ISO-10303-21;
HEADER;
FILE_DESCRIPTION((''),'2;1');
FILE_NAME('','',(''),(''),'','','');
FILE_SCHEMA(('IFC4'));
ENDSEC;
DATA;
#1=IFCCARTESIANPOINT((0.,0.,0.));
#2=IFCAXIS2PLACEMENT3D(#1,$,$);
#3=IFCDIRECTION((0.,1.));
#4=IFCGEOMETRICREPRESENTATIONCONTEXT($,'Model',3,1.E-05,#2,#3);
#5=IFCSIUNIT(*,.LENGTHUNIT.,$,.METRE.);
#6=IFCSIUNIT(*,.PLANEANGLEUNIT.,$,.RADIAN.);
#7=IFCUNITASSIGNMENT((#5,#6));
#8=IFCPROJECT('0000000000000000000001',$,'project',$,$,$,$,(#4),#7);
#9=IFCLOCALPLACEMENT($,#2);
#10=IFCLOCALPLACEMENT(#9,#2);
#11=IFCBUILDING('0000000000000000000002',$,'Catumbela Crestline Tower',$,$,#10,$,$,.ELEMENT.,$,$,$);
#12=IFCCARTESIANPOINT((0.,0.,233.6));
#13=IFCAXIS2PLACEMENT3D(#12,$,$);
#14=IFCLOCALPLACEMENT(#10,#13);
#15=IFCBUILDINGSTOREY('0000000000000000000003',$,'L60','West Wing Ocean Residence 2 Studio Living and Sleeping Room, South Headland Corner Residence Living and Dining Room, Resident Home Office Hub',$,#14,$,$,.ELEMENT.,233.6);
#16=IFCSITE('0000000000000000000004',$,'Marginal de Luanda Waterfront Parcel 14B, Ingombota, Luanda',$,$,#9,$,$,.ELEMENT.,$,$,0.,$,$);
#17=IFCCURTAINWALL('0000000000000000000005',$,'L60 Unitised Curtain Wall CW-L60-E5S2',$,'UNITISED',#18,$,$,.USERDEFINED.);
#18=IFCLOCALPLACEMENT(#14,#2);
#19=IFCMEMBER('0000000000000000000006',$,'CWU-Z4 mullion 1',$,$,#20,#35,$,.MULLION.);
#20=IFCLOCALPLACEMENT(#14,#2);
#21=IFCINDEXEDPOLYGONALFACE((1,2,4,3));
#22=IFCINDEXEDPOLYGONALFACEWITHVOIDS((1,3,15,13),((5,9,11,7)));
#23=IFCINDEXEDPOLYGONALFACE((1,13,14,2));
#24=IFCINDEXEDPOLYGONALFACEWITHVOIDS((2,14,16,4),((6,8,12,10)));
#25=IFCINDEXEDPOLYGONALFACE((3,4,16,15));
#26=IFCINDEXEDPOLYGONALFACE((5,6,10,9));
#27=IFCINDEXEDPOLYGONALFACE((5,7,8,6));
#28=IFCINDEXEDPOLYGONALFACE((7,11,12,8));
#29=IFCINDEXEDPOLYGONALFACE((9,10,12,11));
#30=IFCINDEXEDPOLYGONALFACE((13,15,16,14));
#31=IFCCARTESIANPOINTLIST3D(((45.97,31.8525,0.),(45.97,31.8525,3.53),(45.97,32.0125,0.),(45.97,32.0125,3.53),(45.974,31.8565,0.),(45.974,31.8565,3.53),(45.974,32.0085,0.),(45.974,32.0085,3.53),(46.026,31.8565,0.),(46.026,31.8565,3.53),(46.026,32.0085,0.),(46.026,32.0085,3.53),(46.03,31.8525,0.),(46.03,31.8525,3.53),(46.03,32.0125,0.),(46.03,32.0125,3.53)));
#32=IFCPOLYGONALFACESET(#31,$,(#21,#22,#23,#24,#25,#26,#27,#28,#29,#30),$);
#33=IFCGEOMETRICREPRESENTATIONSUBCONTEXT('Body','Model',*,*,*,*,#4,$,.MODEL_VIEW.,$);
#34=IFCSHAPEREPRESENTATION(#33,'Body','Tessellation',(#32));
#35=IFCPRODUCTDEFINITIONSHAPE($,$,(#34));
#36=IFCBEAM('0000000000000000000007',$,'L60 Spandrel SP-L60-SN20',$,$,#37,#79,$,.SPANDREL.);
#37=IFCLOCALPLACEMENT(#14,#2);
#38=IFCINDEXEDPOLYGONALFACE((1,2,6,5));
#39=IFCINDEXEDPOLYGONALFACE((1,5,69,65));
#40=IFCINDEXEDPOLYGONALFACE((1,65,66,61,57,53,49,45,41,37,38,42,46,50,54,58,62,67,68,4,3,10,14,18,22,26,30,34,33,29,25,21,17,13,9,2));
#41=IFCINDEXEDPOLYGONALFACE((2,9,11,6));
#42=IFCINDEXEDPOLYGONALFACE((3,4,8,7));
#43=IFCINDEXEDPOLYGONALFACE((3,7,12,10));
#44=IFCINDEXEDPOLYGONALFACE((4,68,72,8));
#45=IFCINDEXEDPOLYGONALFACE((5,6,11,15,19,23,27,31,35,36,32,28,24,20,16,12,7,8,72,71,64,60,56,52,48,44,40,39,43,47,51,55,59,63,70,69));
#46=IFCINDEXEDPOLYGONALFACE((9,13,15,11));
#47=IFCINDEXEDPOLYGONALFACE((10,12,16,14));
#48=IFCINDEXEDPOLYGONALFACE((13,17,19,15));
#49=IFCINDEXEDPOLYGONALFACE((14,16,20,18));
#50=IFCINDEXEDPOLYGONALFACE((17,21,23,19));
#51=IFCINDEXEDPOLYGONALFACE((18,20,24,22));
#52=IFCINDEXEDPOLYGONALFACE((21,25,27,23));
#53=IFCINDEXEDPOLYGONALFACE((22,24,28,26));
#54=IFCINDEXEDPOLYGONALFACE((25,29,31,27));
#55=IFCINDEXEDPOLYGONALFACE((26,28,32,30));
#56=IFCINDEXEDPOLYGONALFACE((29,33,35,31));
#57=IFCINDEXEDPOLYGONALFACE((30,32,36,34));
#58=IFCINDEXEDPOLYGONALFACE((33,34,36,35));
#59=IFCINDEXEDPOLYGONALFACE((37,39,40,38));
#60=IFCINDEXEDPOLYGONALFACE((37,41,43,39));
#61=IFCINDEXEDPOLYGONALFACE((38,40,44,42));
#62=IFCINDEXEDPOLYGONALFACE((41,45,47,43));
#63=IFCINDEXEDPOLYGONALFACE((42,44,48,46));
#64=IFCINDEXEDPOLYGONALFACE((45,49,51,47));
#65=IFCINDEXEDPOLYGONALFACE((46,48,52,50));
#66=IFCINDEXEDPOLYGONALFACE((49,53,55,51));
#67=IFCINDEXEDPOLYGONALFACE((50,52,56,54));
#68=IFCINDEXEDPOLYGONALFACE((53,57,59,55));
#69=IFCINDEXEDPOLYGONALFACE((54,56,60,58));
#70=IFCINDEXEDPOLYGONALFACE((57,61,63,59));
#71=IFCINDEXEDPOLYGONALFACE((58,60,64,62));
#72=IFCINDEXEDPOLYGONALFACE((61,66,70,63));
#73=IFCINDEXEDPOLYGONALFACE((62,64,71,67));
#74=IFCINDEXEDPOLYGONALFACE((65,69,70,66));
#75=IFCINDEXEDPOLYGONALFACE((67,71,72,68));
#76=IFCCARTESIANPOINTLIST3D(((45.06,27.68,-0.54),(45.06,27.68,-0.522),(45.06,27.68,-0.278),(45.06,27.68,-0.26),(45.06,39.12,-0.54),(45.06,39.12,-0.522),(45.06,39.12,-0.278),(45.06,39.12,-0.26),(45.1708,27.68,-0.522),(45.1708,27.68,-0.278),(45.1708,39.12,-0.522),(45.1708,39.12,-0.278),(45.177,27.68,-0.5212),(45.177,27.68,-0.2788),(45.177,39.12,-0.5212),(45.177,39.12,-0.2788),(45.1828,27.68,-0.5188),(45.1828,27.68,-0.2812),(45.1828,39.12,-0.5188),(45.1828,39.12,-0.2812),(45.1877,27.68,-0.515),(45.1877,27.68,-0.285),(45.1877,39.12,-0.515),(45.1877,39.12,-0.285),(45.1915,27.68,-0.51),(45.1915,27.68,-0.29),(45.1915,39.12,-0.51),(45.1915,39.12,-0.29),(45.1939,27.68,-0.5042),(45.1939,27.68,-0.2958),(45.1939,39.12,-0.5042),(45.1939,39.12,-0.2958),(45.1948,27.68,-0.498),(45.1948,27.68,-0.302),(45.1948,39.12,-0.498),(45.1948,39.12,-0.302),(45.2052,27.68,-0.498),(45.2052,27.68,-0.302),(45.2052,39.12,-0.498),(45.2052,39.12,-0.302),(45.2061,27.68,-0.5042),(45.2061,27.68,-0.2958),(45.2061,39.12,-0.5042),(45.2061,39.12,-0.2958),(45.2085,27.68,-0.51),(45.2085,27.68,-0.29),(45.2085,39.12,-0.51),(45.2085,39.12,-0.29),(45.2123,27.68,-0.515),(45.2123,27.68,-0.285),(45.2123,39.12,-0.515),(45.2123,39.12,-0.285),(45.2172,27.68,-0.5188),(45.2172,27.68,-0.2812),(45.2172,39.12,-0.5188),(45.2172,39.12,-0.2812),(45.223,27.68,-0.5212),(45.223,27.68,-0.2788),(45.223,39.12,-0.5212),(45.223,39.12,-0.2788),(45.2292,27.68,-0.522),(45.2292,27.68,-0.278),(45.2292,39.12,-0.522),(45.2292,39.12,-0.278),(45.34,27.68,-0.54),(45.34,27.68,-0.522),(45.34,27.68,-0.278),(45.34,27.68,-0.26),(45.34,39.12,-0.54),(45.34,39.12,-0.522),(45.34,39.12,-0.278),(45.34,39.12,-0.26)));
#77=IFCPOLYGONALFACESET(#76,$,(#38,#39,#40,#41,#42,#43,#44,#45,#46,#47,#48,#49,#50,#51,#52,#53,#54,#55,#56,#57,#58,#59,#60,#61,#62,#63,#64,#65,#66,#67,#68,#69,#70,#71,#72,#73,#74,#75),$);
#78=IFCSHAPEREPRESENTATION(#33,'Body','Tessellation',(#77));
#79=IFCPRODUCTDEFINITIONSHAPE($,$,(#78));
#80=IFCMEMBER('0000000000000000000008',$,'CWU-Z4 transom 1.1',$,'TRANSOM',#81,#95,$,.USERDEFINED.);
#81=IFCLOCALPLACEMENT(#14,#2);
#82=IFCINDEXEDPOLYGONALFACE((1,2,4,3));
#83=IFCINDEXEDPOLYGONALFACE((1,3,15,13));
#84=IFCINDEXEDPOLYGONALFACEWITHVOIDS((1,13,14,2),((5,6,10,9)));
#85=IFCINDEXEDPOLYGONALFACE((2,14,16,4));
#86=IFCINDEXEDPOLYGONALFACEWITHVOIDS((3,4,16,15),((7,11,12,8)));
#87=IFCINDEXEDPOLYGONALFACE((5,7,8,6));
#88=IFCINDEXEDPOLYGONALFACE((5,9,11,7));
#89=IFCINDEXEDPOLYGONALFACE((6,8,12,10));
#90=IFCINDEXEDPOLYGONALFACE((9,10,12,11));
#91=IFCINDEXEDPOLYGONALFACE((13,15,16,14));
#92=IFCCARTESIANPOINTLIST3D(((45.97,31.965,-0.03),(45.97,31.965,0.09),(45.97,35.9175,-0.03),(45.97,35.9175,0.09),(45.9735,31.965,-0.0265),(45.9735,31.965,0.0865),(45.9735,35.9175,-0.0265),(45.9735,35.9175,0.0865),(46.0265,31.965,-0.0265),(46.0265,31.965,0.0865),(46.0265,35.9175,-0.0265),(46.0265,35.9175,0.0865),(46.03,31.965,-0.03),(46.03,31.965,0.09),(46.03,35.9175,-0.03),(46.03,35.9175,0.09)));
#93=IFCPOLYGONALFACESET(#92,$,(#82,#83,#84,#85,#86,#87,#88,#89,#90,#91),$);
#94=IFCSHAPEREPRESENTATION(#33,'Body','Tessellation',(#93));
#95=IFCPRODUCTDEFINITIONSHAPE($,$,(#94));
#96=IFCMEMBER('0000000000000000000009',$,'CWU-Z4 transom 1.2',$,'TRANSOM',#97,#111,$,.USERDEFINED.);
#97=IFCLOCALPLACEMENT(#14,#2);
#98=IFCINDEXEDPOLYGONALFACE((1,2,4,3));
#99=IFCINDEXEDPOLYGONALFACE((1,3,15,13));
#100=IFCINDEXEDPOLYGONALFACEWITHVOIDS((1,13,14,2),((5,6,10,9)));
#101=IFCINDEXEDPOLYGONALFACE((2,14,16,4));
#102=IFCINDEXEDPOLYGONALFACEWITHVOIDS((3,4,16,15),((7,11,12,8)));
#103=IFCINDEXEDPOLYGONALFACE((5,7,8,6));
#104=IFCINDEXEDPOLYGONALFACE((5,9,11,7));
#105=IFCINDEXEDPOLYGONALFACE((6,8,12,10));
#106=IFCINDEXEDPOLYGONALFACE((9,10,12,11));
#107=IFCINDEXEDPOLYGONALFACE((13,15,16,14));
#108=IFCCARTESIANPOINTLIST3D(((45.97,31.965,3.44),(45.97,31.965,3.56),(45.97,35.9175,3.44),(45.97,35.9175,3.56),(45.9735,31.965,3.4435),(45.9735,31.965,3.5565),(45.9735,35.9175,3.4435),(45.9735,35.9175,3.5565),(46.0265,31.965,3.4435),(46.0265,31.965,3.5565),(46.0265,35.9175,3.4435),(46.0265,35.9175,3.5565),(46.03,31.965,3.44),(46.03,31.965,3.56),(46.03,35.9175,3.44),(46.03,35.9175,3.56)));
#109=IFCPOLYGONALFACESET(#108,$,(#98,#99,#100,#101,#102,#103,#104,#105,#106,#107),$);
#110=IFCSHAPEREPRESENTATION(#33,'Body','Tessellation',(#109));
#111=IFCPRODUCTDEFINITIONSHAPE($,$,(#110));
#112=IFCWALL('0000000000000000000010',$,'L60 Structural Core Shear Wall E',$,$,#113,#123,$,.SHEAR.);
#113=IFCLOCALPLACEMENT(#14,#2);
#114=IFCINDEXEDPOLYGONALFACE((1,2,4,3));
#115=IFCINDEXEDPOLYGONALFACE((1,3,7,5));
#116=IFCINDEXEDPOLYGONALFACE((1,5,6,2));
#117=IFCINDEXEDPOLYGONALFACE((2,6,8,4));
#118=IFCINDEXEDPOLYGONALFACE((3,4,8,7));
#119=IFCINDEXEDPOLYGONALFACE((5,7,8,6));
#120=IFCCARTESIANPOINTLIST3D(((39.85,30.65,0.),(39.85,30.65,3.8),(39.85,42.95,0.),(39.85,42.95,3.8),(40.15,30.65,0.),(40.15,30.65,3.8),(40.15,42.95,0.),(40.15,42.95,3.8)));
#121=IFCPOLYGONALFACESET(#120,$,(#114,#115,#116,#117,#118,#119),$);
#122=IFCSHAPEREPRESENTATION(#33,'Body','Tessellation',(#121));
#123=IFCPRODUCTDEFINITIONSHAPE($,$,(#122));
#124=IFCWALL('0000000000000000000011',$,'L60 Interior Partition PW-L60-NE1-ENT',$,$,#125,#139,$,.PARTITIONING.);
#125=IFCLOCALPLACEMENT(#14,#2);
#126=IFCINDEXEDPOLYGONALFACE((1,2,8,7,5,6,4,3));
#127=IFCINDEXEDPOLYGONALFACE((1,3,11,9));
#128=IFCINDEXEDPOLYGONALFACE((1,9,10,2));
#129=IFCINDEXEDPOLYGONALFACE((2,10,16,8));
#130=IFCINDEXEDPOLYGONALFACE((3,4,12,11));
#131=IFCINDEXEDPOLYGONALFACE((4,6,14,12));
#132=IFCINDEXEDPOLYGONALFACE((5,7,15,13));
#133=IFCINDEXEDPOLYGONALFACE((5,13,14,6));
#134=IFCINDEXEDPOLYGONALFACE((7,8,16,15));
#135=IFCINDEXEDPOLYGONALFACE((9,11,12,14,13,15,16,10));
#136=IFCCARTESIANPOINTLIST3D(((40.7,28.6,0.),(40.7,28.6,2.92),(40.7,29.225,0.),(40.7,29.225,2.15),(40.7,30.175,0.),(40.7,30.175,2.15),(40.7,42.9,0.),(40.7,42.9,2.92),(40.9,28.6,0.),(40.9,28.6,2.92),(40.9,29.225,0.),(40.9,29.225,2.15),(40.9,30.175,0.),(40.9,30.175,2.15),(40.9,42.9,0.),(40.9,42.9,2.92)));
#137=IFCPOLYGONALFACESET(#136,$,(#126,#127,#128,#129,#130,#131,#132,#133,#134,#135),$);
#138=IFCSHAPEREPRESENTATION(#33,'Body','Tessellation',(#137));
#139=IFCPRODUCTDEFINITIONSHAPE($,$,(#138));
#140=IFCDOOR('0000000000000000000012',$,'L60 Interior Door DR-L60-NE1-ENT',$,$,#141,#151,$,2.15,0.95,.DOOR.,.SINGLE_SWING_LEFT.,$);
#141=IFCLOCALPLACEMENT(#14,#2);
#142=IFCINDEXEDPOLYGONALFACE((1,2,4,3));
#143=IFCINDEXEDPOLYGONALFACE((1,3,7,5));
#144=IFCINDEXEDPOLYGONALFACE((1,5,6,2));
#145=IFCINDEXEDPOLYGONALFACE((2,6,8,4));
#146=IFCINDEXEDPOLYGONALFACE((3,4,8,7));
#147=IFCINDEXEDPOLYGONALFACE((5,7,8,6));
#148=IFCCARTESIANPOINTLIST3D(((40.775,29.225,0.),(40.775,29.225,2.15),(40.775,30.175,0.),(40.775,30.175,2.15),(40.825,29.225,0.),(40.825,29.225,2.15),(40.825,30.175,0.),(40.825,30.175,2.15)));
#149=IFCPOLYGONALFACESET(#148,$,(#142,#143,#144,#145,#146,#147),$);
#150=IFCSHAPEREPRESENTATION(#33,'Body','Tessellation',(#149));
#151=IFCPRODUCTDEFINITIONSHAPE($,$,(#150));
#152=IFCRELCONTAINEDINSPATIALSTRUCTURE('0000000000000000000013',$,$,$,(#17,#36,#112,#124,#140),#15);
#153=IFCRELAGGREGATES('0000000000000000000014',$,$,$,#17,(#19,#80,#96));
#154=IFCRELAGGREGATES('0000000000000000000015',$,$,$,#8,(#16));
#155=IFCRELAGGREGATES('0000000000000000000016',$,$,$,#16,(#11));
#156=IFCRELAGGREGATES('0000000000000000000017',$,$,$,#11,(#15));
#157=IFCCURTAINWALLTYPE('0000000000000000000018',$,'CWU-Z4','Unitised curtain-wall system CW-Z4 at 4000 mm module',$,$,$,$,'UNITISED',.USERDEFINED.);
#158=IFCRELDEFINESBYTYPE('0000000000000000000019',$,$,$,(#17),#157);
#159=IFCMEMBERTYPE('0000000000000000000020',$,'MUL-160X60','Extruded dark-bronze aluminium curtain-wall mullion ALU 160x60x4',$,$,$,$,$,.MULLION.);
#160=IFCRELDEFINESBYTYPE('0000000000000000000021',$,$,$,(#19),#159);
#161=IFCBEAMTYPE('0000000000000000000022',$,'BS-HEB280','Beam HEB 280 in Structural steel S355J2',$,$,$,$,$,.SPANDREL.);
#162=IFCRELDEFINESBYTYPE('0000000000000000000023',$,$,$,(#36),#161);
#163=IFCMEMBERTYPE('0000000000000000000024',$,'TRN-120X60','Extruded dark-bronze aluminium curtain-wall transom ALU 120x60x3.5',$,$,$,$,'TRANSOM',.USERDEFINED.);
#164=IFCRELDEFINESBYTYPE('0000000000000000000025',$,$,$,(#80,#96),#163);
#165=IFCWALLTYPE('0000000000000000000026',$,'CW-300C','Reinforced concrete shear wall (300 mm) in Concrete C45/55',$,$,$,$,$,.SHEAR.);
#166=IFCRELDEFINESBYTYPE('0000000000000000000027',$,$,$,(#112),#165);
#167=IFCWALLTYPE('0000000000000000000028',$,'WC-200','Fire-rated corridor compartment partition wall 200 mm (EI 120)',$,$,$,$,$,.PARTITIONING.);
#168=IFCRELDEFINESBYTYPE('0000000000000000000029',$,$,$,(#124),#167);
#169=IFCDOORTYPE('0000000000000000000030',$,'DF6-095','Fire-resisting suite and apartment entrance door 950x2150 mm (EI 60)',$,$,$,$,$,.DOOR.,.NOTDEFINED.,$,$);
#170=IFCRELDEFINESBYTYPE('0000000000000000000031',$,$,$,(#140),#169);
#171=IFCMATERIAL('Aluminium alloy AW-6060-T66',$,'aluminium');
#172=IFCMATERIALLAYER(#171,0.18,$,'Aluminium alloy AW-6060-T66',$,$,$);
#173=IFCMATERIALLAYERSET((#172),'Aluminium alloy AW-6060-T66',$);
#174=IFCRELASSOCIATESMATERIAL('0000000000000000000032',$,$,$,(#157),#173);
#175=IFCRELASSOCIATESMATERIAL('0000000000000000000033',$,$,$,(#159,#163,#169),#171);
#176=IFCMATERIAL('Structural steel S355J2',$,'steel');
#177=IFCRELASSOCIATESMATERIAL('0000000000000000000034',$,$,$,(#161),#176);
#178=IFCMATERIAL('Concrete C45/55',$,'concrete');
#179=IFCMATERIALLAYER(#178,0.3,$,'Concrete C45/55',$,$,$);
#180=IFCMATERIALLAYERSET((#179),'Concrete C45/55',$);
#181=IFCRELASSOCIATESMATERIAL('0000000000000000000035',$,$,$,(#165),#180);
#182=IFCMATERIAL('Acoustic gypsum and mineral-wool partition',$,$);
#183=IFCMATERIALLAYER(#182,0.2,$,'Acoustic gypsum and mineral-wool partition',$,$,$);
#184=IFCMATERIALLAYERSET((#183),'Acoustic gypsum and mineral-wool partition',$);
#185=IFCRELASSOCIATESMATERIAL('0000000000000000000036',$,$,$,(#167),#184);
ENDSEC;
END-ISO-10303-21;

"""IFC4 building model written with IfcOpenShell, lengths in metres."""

from ifc_helpers import new_model, si_unit, direction, frame, frame_2d, origin, origin_2d, place, context, subcontext, project, spatial, rectangle, hollow_rectangle, i_section, extrude, material, layer, layer_set, material_profile, profile_set, type_object, element, fill, aggregate, save


model = new_model("IFC4")

# Units and contexts
model_context = context("Model", 3, precision=1e-05, world=origin(), true_north=direction((0.0, 1.0)))
body_context = subcontext(model_context, "Body", "Model", "MODEL_VIEW")
ifc_project = project(units=[si_unit("LENGTHUNIT", "METRE"), si_unit("PLANEANGLEUNIT", "RADIAN")], contexts=[model_context])

# Site, building, storey
site_placement = place(None, origin())
site = spatial("IfcSite", under=ifc_project, at=site_placement, Name="Marginal de Luanda Waterfront Parcel 14B, Ingombota, Luanda", CompositionType="ELEMENT", RefElevation=0.0)
building_placement = place(site_placement, origin())
building = spatial("IfcBuilding", under=site, at=building_placement, Name="Catumbela Crestline Tower", CompositionType="ELEMENT")
storey_placement = place(building_placement, frame((0.0, 0.0, 233.6)))
storey = spatial("IfcBuildingStorey", under=building, at=storey_placement, Name="L60", Description="West Wing Ocean Residence 2 Studio Living and Sleeping Room, South Headland Corner Residence Living and Dining Room, Resident Home Office Hub", CompositionType="ELEMENT", Elevation=233.6)

# Shared definitions
ifc_material_1 = material(Name="Structural steel S355J2", Category="steel")

# Curtain wall, member
ifc_material_2 = material(Name="Aluminium alloy AW-6060-T66", Category="aluminium")
ifc_layer_1 = layer(ifc_material_2, 0.18, Name="Aluminium alloy AW-6060-T66")
ifc_layer_set_1 = layer_set([ifc_layer_1], Name="Aluminium alloy AW-6060-T66")
curtain_wall_type = type_object("IfcCurtainWallType", Name="CWU-Z4", Description="Unitised curtain-wall system CW-Z4 at 4000 mm module", ElementType="UNITISED", PredefinedType="USERDEFINED", material=ifc_layer_set_1)
curtain_wall_placement = place(storey_placement, origin())
curtain_wall = element("IfcCurtainWall", 1, at=curtain_wall_placement, inside=storey, type_object=curtain_wall_type, Name="L60 Unitised Curtain Wall CW-L60-E5S2", ObjectType="UNITISED", PredefinedType="USERDEFINED")
ifc_material_profile_1 = material_profile(ifc_material_2, hollow_rectangle(XDim=0.06, YDim=0.16, WallThickness=0.004, at=origin_2d()), Name="ALU 160x60x4")
ifc_profile_set_1 = profile_set([ifc_material_profile_1], Name="Aluminium alloy AW-6060-T66")
member_type_1 = type_object("IfcMemberType", Name="MUL-160X60", Description="Extruded dark-bronze aluminium curtain-wall mullion ALU 160x60x4", PredefinedType="MULLION", material=ifc_profile_set_1)
member_1_placement = place(storey_placement, frame((46.0, 31.9325, 0.0), z_axis=(0.0, 0.0, 1.0), x_axis=(-1.0, 0.0, 0.0)))
member_1 = element("IfcMember", 2, at=member_1_placement, type_object=member_type_1, Name="CWU-Z4 mullion 1", PredefinedType="MULLION", context=body_context, shape_type="SweptSolid", body=[
    extrude(hollow_rectangle(XDim=0.06, YDim=0.16, WallThickness=0.004, at=origin_2d()), origin(), (0.0, 0.0, 1.0), 3.53),
])

# Beam
ifc_material_profile_2 = material_profile(ifc_material_1, i_section(OverallWidth=0.28, OverallDepth=0.28, WebThickness=0.0105, FlangeThickness=0.018, FilletRadius=0.024, at=origin_2d()), Name="HEB 280")
ifc_profile_set_2 = profile_set([ifc_material_profile_2], Name="Structural steel S355J2")
beam_type_1 = type_object("IfcBeamType", Name="BS-HEB280", Description="Beam HEB 280 in Structural steel S355J2", PredefinedType="SPANDREL", material=ifc_profile_set_2)
beam_1_placement = place(storey_placement, frame((45.2, 27.68, -0.4), z_axis=(0.0, 1.0, 0.0), x_axis=(-1.0, 0.0, 0.0)))
element("IfcBeam", 3, at=beam_1_placement, inside=storey, type_object=beam_type_1, Name="L60 Spandrel SP-L60-SN20", PredefinedType="SPANDREL", context=body_context, shape_type="SweptSolid", body=[
    extrude(i_section(OverallWidth=0.28, OverallDepth=0.28, WebThickness=0.0105, FlangeThickness=0.018, FilletRadius=0.024, at=origin_2d()), origin(), (0.0, 0.0, 1.0), 11.44),
])

# Members
ifc_material_profile_3 = material_profile(ifc_material_2, hollow_rectangle(XDim=0.06, YDim=0.12, WallThickness=0.0035, at=origin_2d()), Name="ALU 120x60x3.5")
ifc_profile_set_3 = profile_set([ifc_material_profile_3], Name="Aluminium alloy AW-6060-T66")
member_type_2 = type_object("IfcMemberType", Name="TRN-120X60", Description="Extruded dark-bronze aluminium curtain-wall transom ALU 120x60x3.5", ElementType="TRANSOM", PredefinedType="USERDEFINED", material=ifc_profile_set_3)
member_2_placement = place(storey_placement, frame((46.0, 31.965, 0.03), z_axis=(0.0, 1.0, 0.0), x_axis=(-1.0, 0.0, 0.0)))
member_2 = element("IfcMember", 4, at=member_2_placement, type_object=member_type_2, Name="CWU-Z4 transom 1.1", ObjectType="TRANSOM", PredefinedType="USERDEFINED", context=body_context, shape_type="SweptSolid", body=[
    extrude(hollow_rectangle(XDim=0.06, YDim=0.12, WallThickness=0.0035, at=origin_2d()), origin(), (0.0, 0.0, 1.0), 3.9525),
])
member_3_placement = place(storey_placement, frame((46.0, 31.965, 3.5), z_axis=(0.0, 1.0, 0.0), x_axis=(-1.0, 0.0, 0.0)))
member_3 = element("IfcMember", 5, at=member_3_placement, type_object=member_type_2, Name="CWU-Z4 transom 1.2", ObjectType="TRANSOM", PredefinedType="USERDEFINED", context=body_context, shape_type="SweptSolid", body=[
    extrude(hollow_rectangle(XDim=0.06, YDim=0.12, WallThickness=0.0035, at=origin_2d()), origin(), (0.0, 0.0, 1.0), 3.9525),
])
aggregate(curtain_wall, [member_1, member_2, member_3])

# Wall
ifc_material_3 = material(Name="Concrete C45/55", Category="concrete")
ifc_layer_2 = layer(ifc_material_3, 0.3, Name="Concrete C45/55")
ifc_layer_set_2 = layer_set([ifc_layer_2], Name="Concrete C45/55")
wall_type_1 = type_object("IfcWallType", Name="CW-300C", Description="Reinforced concrete shear wall (300 mm) in Concrete C45/55", PredefinedType="SHEAR", material=ifc_layer_set_2)
wall_1_placement = place(storey_placement, frame((40.0, 30.65, 0.0), z_axis=(0.0, 0.0, 1.0), x_axis=(0.0, 1.0, 0.0)))
element("IfcWall", 6, at=wall_1_placement, inside=storey, type_object=wall_type_1, Name="L60 Structural Core Shear Wall E", PredefinedType="SHEAR", context=body_context, shape_type="SweptSolid", body=[
    extrude(rectangle(XDim=12.3, YDim=0.3, at=frame_2d((6.15, 0.0))), origin(), (0.0, 0.0, 1.0), 3.8),
])

# Wall, opening, door
ifc_material_4 = material(Name="Acoustic gypsum and mineral-wool partition")
ifc_layer_3 = layer(ifc_material_4, 0.2, Name="Acoustic gypsum and mineral-wool partition")
ifc_layer_set_3 = layer_set([ifc_layer_3], Name="Acoustic gypsum and mineral-wool partition")
wall_type_2 = type_object("IfcWallType", Name="WC-200", Description="Fire-rated corridor compartment partition wall 200 mm (EI 120)", PredefinedType="PARTITIONING", material=ifc_layer_set_3)
wall_2_placement = place(storey_placement, frame((40.8, 28.6, 0.0), z_axis=(0.0, 0.0, 1.0), x_axis=(0.0, 1.0, 0.0)))
wall_2 = element("IfcWall", 7, at=wall_2_placement, inside=storey, type_object=wall_type_2, Name="L60 Interior Partition PW-L60-NE1-ENT", PredefinedType="PARTITIONING", context=body_context, shape_type="SweptSolid", body=[
    extrude(rectangle(XDim=14.3, YDim=0.2, at=frame_2d((7.15, 0.0))), origin(), (0.0, 0.0, 1.0), 2.92),
])
opening_1_placement = place(wall_2_placement, frame((0.625, 0.0, 0.0)))
opening_1 = element("IfcOpeningElement", 8, at=opening_1_placement, cuts=wall_2, PredefinedType="OPENING", context=body_context, shape_type="SweptSolid", body=[
    extrude(rectangle(XDim=0.95, YDim=2.15, at=frame_2d((0.475, 1.075))), frame((0.0, 0.11, 0.0), z_axis=(0.0, -1.0, 0.0), x_axis=(1.0, 0.0, 0.0)), (0.0, 0.0, 1.0), 0.22),
])
door_type_1 = type_object("IfcDoorType", Name="DF6-095", Description="Fire-resisting suite and apartment entrance door 950x2150 mm (EI 60)", OperationType="NOTDEFINED", PredefinedType="DOOR", material=ifc_material_2)
door_1_placement = place(opening_1_placement, origin())
door_1 = element("IfcDoor", 9, at=door_1_placement, inside=storey, type_object=door_type_1, Name="L60 Interior Door DR-L60-NE1-ENT", OperationType="SINGLE_SWING_LEFT", OverallHeight=2.15, OverallWidth=0.95, PredefinedType="DOOR", context=body_context, shape_type="SweptSolid", body=[
    extrude(rectangle(XDim=0.95, YDim=2.15, at=frame_2d((0.475, 1.075))), frame((0.0, 0.025, 0.0), z_axis=(0.0, -1.0, 0.0), x_axis=(1.0, 0.0, 0.0)), (0.0, 0.0, 1.0), 0.05),
])
fill(opening_1, door_1)

save(model, "model.ifc")
